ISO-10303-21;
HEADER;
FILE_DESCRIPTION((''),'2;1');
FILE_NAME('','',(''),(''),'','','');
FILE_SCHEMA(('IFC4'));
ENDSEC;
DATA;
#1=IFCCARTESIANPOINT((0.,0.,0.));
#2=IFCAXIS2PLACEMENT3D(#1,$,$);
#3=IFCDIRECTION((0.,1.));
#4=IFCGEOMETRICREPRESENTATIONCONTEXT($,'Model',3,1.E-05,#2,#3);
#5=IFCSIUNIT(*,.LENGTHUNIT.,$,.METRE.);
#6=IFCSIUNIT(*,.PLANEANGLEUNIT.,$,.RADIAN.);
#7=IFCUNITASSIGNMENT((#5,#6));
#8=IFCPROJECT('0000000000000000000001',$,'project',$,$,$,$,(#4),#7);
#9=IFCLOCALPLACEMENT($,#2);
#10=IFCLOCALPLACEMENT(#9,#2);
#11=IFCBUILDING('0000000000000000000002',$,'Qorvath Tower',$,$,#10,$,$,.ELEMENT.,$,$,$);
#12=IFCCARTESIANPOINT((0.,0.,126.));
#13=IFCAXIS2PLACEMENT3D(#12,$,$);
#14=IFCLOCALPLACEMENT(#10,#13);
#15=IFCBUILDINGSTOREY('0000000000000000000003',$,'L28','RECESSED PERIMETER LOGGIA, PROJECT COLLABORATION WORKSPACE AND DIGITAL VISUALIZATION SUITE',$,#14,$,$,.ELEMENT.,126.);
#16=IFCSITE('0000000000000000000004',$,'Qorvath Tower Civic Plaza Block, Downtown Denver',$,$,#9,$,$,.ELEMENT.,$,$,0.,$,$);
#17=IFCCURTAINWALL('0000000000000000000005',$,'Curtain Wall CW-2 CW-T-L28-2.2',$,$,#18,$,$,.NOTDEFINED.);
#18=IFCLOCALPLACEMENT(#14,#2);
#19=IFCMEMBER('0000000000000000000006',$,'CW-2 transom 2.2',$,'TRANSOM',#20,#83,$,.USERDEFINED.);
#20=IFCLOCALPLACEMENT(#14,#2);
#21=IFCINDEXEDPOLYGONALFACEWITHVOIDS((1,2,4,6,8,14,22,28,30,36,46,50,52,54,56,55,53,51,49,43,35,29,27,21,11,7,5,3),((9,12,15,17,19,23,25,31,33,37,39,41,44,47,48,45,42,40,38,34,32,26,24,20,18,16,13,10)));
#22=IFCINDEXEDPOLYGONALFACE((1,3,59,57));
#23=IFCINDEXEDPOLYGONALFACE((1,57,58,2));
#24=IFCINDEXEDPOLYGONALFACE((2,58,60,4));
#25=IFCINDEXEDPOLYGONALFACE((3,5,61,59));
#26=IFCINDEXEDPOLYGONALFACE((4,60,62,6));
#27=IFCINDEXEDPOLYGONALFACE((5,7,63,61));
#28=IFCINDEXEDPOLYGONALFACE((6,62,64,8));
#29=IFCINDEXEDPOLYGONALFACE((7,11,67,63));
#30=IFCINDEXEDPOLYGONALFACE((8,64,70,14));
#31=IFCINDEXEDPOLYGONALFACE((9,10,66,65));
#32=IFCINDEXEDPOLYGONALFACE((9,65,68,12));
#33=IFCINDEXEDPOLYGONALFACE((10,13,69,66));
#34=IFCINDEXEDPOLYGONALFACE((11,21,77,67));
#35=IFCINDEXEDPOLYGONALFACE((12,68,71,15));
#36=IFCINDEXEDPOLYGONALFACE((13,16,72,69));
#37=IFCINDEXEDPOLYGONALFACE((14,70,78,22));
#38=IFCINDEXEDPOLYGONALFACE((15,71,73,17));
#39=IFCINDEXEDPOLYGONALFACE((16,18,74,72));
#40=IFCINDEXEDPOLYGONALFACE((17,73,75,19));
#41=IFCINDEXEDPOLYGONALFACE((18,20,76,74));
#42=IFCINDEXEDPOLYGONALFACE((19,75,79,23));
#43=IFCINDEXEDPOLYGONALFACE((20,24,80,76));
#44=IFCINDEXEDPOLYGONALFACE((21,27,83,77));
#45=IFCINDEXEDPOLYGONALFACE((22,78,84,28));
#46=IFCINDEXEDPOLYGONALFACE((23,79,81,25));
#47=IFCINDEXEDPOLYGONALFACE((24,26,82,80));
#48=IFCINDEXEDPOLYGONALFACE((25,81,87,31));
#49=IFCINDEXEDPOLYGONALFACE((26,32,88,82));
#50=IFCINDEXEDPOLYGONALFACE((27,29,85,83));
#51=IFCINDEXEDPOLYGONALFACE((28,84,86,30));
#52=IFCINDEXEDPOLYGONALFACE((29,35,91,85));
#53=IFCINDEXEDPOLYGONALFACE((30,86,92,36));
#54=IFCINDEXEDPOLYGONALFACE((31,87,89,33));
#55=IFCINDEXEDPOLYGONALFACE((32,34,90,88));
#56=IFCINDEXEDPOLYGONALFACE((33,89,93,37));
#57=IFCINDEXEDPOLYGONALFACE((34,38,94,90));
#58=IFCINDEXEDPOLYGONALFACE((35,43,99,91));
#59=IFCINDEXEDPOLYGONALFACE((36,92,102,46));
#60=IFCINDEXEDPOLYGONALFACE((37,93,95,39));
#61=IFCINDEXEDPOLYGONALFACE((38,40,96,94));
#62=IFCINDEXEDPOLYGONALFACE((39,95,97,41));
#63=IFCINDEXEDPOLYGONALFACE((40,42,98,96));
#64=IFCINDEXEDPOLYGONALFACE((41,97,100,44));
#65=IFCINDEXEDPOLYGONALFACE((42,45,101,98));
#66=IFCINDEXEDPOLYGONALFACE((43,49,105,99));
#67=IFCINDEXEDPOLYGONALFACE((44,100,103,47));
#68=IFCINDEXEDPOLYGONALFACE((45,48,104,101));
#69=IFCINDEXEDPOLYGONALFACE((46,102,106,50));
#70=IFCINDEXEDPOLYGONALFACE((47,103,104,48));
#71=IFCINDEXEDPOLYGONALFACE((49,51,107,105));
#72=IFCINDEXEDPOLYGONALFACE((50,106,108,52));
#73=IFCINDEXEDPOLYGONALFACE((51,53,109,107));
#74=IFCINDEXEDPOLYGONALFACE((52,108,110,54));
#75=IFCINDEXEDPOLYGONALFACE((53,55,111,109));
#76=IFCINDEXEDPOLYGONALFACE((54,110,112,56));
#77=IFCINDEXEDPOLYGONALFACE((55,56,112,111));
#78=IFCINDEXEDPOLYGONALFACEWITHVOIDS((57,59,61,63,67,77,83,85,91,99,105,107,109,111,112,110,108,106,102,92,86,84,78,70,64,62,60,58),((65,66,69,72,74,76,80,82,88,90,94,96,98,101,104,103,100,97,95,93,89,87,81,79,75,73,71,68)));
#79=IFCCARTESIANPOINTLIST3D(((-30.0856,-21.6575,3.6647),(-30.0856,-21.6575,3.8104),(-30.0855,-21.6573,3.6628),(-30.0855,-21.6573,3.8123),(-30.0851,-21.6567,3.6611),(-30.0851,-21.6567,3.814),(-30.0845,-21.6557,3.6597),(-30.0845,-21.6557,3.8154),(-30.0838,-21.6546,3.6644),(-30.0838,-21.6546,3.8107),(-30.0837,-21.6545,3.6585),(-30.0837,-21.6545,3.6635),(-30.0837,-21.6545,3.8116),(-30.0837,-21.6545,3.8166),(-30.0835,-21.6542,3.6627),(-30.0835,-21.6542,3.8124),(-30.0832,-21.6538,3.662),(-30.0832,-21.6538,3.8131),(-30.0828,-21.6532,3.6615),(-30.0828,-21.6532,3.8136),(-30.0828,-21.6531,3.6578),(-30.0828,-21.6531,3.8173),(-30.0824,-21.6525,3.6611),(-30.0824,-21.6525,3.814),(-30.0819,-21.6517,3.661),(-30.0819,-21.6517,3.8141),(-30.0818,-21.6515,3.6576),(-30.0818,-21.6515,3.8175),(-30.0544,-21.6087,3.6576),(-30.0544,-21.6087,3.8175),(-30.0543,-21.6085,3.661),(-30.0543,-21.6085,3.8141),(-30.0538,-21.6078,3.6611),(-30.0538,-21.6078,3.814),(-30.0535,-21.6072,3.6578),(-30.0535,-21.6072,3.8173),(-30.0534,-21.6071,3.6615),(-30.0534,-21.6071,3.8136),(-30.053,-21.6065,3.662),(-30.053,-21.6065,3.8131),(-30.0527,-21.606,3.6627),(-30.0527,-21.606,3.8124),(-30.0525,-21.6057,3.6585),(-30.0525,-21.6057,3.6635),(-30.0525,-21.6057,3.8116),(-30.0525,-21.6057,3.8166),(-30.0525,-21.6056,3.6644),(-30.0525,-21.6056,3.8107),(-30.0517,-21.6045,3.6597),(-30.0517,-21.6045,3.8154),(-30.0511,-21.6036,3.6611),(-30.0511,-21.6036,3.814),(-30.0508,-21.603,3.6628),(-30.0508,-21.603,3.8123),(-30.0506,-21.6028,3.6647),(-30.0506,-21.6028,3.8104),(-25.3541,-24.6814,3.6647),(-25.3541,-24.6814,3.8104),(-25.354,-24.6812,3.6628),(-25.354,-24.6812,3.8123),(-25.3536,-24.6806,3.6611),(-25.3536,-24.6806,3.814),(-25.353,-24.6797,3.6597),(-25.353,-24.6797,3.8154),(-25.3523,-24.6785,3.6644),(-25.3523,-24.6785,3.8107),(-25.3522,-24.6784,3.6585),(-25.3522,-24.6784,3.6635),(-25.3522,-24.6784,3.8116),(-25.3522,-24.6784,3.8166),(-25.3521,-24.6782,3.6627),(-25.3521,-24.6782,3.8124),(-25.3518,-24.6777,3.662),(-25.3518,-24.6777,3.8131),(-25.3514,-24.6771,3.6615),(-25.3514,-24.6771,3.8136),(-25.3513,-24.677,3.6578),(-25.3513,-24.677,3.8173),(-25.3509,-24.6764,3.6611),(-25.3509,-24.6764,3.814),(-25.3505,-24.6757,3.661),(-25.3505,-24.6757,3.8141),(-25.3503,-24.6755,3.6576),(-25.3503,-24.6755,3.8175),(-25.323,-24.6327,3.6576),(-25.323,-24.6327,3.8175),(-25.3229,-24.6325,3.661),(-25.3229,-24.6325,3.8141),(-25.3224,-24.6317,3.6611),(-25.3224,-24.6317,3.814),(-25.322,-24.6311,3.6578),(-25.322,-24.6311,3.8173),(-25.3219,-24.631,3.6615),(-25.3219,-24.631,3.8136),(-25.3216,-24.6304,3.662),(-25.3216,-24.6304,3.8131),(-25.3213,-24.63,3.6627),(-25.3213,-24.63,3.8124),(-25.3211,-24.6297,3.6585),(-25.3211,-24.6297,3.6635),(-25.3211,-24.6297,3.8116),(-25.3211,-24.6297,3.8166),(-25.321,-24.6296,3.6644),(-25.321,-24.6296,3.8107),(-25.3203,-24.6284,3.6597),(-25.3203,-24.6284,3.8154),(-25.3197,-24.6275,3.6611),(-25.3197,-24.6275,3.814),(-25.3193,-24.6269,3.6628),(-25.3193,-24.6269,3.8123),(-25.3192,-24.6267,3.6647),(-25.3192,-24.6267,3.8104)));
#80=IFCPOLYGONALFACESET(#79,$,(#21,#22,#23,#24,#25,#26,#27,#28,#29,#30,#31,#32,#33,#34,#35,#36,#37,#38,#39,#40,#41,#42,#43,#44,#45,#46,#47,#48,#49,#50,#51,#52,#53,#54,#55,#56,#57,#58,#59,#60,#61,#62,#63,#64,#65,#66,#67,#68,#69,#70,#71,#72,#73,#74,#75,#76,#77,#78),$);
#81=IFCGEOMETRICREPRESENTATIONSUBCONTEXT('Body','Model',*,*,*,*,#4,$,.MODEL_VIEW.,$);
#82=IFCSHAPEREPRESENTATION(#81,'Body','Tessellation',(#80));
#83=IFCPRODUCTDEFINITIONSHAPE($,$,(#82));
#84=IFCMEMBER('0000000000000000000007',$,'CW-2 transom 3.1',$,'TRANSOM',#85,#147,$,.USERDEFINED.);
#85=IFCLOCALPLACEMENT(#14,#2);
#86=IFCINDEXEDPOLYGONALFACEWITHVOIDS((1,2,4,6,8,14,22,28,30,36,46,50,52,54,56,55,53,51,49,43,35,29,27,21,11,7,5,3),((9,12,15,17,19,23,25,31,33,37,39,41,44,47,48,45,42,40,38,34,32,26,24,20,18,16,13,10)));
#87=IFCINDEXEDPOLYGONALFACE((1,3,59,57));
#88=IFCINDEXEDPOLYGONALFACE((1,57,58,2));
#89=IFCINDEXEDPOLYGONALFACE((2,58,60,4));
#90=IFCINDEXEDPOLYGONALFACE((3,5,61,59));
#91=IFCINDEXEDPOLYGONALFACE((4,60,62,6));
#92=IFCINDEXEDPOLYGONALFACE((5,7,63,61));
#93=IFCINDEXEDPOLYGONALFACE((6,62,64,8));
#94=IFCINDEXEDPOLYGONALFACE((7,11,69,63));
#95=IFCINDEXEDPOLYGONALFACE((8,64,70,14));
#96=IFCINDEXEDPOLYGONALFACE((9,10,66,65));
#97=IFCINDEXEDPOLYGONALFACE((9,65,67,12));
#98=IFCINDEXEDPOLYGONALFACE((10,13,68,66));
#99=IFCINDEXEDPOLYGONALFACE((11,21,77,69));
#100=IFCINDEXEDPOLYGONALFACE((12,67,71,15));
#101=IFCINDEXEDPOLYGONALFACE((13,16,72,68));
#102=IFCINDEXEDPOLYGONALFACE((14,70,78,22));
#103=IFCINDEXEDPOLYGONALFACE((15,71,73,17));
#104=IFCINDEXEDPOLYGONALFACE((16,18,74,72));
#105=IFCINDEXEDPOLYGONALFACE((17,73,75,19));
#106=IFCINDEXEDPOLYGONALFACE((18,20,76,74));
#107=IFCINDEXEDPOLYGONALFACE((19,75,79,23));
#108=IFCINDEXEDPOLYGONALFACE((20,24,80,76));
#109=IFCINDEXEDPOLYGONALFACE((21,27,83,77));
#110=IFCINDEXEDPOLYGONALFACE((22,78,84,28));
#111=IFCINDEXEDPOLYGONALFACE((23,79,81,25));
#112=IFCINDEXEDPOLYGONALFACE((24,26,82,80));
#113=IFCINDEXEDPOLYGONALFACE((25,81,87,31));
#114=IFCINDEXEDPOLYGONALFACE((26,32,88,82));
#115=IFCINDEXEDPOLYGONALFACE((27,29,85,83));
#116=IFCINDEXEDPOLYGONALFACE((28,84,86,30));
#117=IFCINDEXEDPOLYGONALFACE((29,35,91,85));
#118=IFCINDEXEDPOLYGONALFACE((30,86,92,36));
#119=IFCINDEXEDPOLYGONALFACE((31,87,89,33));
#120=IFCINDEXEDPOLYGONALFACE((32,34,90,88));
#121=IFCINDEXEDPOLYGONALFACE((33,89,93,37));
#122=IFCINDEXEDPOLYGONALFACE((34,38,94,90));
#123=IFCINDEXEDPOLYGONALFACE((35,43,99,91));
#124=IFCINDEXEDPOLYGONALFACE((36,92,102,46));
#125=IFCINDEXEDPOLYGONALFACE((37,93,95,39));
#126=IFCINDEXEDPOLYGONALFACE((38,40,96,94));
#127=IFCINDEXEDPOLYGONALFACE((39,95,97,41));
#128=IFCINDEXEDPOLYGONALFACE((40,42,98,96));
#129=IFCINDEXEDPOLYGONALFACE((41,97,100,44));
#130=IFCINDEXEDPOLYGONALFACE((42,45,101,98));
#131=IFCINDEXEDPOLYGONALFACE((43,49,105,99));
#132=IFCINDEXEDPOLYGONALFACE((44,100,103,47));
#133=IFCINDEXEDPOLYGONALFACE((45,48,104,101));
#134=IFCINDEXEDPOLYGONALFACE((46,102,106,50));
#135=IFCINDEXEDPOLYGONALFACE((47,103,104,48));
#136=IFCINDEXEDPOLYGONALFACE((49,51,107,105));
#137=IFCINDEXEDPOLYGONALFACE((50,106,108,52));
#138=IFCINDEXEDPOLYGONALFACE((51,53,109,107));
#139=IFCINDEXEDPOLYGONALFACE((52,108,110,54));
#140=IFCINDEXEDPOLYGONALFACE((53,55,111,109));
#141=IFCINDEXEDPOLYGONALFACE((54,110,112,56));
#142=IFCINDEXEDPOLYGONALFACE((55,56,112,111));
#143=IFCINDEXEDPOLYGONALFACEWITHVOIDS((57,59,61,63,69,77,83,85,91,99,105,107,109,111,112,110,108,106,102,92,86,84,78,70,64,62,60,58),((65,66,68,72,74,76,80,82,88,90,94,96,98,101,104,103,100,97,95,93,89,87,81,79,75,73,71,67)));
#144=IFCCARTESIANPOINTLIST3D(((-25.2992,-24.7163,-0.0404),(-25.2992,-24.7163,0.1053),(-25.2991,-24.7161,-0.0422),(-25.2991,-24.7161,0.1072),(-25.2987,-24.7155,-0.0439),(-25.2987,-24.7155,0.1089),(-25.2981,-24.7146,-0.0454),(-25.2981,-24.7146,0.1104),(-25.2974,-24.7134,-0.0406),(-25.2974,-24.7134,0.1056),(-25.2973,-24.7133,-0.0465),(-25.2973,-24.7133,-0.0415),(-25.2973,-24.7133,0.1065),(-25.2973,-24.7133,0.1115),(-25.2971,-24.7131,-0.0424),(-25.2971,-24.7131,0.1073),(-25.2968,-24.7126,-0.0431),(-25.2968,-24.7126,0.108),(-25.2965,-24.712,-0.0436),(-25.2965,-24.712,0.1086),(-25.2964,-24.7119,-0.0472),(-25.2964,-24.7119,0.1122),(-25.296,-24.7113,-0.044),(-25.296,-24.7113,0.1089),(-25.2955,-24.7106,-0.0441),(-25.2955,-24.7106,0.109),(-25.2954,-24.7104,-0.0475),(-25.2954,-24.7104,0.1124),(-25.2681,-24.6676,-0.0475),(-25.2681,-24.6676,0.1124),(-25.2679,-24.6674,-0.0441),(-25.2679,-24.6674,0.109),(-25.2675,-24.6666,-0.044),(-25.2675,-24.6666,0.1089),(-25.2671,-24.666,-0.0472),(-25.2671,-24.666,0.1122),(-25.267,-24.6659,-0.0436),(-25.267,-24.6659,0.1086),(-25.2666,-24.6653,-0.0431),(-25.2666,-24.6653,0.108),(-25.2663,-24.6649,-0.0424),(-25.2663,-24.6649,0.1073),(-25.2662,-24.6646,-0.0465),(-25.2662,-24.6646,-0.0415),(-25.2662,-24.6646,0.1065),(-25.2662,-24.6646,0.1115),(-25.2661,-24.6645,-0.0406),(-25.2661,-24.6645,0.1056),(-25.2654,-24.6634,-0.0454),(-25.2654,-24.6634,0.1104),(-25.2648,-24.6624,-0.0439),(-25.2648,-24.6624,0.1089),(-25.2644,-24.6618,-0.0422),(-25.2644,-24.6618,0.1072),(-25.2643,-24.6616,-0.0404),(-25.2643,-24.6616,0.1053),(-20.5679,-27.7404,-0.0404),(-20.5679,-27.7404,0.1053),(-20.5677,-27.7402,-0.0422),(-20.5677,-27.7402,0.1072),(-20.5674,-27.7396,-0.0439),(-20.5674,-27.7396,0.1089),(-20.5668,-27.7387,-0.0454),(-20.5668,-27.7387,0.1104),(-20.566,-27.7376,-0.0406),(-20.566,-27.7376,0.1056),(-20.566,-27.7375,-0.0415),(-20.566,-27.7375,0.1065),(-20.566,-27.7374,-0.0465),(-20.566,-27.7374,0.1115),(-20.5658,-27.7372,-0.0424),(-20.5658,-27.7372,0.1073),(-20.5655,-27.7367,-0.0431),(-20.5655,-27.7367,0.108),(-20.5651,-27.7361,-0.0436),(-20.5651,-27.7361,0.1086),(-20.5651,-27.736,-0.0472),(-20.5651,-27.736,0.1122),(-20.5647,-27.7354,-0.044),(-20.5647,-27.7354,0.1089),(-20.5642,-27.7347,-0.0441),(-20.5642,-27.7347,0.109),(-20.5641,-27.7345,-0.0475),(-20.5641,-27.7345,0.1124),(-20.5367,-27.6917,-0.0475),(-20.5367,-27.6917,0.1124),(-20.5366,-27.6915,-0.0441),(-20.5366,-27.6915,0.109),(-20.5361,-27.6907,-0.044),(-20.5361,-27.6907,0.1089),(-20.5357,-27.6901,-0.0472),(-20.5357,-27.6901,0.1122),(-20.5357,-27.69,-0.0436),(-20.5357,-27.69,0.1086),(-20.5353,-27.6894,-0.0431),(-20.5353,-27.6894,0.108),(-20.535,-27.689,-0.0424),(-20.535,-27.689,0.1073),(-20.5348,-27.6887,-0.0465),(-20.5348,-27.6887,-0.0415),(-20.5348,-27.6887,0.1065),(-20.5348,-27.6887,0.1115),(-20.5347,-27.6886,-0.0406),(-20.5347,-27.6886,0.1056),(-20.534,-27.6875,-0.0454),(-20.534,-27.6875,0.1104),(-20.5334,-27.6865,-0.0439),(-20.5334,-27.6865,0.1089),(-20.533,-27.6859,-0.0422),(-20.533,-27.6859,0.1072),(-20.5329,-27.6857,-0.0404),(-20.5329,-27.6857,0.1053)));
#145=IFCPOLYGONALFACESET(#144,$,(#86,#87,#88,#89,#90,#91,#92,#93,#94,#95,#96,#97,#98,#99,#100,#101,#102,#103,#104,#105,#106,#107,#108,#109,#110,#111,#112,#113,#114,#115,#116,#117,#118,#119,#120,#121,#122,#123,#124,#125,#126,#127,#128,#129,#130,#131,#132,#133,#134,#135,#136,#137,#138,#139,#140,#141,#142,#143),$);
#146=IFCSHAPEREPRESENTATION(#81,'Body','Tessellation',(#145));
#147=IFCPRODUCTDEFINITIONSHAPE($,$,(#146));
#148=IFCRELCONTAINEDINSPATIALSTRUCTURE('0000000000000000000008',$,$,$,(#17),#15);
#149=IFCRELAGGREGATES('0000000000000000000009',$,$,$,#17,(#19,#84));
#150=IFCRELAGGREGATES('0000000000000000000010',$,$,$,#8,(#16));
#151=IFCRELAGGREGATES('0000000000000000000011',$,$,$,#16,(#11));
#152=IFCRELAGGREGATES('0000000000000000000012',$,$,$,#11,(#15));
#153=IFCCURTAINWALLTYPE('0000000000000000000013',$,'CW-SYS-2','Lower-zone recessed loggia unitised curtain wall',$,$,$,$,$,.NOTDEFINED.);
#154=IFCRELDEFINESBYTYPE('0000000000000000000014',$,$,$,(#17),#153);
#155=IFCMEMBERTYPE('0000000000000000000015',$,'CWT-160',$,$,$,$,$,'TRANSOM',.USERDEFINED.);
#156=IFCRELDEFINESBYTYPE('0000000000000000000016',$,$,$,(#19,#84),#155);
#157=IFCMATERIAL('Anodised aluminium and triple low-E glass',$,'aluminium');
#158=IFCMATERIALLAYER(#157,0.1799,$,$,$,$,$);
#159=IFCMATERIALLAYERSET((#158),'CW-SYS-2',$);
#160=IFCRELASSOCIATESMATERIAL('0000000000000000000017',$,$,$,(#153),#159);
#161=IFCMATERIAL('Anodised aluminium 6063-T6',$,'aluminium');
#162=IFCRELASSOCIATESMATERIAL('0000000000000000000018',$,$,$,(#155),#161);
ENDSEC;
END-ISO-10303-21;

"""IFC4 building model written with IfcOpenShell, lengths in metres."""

from ifc_helpers import new_model, si_unit, direction, frame, origin, origin_2d, place, context, subcontext, project, spatial, hollow_rectangle, extrude, material, layer, layer_set, material_profile, profile_set, type_object, element, aggregate, save


model = new_model("IFC4")

# Units and contexts
model_context = context("Model", 3, precision=1e-05, world=origin(), true_north=direction((0.0, 1.0)))
body_context = subcontext(model_context, "Body", "Model", "MODEL_VIEW")
ifc_project = project(units=[si_unit("LENGTHUNIT", "METRE"), si_unit("PLANEANGLEUNIT", "RADIAN")], contexts=[model_context])

# Site, building, storey
site_placement = place(None, origin())
site = spatial("IfcSite", under=ifc_project, at=site_placement, Name="Qorvath Tower Civic Plaza Block, Downtown Denver", CompositionType="ELEMENT", RefElevation=0.0)
building_placement = place(site_placement, origin())
building = spatial("IfcBuilding", under=site, at=building_placement, Name="Qorvath Tower", CompositionType="ELEMENT")
storey_placement = place(building_placement, frame((0.0, 0.0, 126.0)))
storey = spatial("IfcBuildingStorey", under=building, at=storey_placement, Name="L28", Description="RECESSED PERIMETER LOGGIA, PROJECT COLLABORATION WORKSPACE AND DIGITAL VISUALIZATION SUITE", CompositionType="ELEMENT", Elevation=126.0)

# Curtain wall, members
ifc_material_1 = material(Name="Anodised aluminium and triple low-E glass", Category="aluminium")
ifc_layer_1 = layer(ifc_material_1, 0.1799)
ifc_layer_set_1 = layer_set([ifc_layer_1], Name="CW-SYS-2")
curtain_wall_type = type_object("IfcCurtainWallType", Name="CW-SYS-2", Description="Lower-zone recessed loggia unitised curtain wall", PredefinedType="NOTDEFINED", material=ifc_layer_set_1)
curtain_wall_placement = place(storey_placement, origin())
curtain_wall = element("IfcCurtainWall", 1, at=curtain_wall_placement, inside=storey, type_object=curtain_wall_type, Name="Curtain Wall CW-2 CW-T-L28-2.2", PredefinedType="NOTDEFINED")
ifc_material_2 = material(Name="Anodised aluminium 6063-T6", Category="aluminium")
ifc_material_profile_1 = material_profile(ifc_material_2, hollow_rectangle(XDim=0.0649, YDim=0.1599, WallThickness=0.0034, InnerFilletRadius=0.0034, OuterFilletRadius=0.0071, at=origin_2d()), Name="CWT 160x65")
ifc_profile_set_1 = profile_set([ifc_material_profile_1], Name="Anodised aluminium 6063-T6")
member_type_1 = type_object("IfcMemberType", Name="CWT-160", ElementType="TRANSOM", PredefinedType="USERDEFINED", material=ifc_profile_set_1)
member_1_placement = place(storey_placement, frame((-30.0681, -21.6301, 3.7375), z_axis=(0.842611, -0.538523, 0.0), x_axis=(0.538523, 0.842611, 0.0)))
member_1 = element("IfcMember", 2, at=member_1_placement, type_object=member_type_1, Name="CW-2 transom 2.2", ObjectType="TRANSOM", PredefinedType="USERDEFINED", context=body_context, shape_type="SweptSolid", body=[
    extrude(hollow_rectangle(XDim=0.0649, YDim=0.1599, WallThickness=0.0034, InnerFilletRadius=0.0034, OuterFilletRadius=0.0071, at=origin_2d()), origin(), (0.0, 0.0, 1.0), 5.6152),
])
member_2_placement = place(storey_placement, frame((-25.2817, -24.689, 0.0325), z_axis=(0.842591, -0.538554, 0.0), x_axis=(0.538554, 0.842591, 0.0)))
member_2 = element("IfcMember", 3, at=member_2_placement, type_object=member_type_1, Name="CW-2 transom 3.1", ObjectType="TRANSOM", PredefinedType="USERDEFINED", context=body_context, shape_type="SweptSolid", body=[
    extrude(hollow_rectangle(XDim=0.0649, YDim=0.1599, WallThickness=0.0034, InnerFilletRadius=0.0034, OuterFilletRadius=0.0071, at=origin_2d()), origin(), (0.0, 0.0, 1.0), 5.6152),
])
aggregate(curtain_wall, [member_1, member_2])

save(model, "model.ifc")
